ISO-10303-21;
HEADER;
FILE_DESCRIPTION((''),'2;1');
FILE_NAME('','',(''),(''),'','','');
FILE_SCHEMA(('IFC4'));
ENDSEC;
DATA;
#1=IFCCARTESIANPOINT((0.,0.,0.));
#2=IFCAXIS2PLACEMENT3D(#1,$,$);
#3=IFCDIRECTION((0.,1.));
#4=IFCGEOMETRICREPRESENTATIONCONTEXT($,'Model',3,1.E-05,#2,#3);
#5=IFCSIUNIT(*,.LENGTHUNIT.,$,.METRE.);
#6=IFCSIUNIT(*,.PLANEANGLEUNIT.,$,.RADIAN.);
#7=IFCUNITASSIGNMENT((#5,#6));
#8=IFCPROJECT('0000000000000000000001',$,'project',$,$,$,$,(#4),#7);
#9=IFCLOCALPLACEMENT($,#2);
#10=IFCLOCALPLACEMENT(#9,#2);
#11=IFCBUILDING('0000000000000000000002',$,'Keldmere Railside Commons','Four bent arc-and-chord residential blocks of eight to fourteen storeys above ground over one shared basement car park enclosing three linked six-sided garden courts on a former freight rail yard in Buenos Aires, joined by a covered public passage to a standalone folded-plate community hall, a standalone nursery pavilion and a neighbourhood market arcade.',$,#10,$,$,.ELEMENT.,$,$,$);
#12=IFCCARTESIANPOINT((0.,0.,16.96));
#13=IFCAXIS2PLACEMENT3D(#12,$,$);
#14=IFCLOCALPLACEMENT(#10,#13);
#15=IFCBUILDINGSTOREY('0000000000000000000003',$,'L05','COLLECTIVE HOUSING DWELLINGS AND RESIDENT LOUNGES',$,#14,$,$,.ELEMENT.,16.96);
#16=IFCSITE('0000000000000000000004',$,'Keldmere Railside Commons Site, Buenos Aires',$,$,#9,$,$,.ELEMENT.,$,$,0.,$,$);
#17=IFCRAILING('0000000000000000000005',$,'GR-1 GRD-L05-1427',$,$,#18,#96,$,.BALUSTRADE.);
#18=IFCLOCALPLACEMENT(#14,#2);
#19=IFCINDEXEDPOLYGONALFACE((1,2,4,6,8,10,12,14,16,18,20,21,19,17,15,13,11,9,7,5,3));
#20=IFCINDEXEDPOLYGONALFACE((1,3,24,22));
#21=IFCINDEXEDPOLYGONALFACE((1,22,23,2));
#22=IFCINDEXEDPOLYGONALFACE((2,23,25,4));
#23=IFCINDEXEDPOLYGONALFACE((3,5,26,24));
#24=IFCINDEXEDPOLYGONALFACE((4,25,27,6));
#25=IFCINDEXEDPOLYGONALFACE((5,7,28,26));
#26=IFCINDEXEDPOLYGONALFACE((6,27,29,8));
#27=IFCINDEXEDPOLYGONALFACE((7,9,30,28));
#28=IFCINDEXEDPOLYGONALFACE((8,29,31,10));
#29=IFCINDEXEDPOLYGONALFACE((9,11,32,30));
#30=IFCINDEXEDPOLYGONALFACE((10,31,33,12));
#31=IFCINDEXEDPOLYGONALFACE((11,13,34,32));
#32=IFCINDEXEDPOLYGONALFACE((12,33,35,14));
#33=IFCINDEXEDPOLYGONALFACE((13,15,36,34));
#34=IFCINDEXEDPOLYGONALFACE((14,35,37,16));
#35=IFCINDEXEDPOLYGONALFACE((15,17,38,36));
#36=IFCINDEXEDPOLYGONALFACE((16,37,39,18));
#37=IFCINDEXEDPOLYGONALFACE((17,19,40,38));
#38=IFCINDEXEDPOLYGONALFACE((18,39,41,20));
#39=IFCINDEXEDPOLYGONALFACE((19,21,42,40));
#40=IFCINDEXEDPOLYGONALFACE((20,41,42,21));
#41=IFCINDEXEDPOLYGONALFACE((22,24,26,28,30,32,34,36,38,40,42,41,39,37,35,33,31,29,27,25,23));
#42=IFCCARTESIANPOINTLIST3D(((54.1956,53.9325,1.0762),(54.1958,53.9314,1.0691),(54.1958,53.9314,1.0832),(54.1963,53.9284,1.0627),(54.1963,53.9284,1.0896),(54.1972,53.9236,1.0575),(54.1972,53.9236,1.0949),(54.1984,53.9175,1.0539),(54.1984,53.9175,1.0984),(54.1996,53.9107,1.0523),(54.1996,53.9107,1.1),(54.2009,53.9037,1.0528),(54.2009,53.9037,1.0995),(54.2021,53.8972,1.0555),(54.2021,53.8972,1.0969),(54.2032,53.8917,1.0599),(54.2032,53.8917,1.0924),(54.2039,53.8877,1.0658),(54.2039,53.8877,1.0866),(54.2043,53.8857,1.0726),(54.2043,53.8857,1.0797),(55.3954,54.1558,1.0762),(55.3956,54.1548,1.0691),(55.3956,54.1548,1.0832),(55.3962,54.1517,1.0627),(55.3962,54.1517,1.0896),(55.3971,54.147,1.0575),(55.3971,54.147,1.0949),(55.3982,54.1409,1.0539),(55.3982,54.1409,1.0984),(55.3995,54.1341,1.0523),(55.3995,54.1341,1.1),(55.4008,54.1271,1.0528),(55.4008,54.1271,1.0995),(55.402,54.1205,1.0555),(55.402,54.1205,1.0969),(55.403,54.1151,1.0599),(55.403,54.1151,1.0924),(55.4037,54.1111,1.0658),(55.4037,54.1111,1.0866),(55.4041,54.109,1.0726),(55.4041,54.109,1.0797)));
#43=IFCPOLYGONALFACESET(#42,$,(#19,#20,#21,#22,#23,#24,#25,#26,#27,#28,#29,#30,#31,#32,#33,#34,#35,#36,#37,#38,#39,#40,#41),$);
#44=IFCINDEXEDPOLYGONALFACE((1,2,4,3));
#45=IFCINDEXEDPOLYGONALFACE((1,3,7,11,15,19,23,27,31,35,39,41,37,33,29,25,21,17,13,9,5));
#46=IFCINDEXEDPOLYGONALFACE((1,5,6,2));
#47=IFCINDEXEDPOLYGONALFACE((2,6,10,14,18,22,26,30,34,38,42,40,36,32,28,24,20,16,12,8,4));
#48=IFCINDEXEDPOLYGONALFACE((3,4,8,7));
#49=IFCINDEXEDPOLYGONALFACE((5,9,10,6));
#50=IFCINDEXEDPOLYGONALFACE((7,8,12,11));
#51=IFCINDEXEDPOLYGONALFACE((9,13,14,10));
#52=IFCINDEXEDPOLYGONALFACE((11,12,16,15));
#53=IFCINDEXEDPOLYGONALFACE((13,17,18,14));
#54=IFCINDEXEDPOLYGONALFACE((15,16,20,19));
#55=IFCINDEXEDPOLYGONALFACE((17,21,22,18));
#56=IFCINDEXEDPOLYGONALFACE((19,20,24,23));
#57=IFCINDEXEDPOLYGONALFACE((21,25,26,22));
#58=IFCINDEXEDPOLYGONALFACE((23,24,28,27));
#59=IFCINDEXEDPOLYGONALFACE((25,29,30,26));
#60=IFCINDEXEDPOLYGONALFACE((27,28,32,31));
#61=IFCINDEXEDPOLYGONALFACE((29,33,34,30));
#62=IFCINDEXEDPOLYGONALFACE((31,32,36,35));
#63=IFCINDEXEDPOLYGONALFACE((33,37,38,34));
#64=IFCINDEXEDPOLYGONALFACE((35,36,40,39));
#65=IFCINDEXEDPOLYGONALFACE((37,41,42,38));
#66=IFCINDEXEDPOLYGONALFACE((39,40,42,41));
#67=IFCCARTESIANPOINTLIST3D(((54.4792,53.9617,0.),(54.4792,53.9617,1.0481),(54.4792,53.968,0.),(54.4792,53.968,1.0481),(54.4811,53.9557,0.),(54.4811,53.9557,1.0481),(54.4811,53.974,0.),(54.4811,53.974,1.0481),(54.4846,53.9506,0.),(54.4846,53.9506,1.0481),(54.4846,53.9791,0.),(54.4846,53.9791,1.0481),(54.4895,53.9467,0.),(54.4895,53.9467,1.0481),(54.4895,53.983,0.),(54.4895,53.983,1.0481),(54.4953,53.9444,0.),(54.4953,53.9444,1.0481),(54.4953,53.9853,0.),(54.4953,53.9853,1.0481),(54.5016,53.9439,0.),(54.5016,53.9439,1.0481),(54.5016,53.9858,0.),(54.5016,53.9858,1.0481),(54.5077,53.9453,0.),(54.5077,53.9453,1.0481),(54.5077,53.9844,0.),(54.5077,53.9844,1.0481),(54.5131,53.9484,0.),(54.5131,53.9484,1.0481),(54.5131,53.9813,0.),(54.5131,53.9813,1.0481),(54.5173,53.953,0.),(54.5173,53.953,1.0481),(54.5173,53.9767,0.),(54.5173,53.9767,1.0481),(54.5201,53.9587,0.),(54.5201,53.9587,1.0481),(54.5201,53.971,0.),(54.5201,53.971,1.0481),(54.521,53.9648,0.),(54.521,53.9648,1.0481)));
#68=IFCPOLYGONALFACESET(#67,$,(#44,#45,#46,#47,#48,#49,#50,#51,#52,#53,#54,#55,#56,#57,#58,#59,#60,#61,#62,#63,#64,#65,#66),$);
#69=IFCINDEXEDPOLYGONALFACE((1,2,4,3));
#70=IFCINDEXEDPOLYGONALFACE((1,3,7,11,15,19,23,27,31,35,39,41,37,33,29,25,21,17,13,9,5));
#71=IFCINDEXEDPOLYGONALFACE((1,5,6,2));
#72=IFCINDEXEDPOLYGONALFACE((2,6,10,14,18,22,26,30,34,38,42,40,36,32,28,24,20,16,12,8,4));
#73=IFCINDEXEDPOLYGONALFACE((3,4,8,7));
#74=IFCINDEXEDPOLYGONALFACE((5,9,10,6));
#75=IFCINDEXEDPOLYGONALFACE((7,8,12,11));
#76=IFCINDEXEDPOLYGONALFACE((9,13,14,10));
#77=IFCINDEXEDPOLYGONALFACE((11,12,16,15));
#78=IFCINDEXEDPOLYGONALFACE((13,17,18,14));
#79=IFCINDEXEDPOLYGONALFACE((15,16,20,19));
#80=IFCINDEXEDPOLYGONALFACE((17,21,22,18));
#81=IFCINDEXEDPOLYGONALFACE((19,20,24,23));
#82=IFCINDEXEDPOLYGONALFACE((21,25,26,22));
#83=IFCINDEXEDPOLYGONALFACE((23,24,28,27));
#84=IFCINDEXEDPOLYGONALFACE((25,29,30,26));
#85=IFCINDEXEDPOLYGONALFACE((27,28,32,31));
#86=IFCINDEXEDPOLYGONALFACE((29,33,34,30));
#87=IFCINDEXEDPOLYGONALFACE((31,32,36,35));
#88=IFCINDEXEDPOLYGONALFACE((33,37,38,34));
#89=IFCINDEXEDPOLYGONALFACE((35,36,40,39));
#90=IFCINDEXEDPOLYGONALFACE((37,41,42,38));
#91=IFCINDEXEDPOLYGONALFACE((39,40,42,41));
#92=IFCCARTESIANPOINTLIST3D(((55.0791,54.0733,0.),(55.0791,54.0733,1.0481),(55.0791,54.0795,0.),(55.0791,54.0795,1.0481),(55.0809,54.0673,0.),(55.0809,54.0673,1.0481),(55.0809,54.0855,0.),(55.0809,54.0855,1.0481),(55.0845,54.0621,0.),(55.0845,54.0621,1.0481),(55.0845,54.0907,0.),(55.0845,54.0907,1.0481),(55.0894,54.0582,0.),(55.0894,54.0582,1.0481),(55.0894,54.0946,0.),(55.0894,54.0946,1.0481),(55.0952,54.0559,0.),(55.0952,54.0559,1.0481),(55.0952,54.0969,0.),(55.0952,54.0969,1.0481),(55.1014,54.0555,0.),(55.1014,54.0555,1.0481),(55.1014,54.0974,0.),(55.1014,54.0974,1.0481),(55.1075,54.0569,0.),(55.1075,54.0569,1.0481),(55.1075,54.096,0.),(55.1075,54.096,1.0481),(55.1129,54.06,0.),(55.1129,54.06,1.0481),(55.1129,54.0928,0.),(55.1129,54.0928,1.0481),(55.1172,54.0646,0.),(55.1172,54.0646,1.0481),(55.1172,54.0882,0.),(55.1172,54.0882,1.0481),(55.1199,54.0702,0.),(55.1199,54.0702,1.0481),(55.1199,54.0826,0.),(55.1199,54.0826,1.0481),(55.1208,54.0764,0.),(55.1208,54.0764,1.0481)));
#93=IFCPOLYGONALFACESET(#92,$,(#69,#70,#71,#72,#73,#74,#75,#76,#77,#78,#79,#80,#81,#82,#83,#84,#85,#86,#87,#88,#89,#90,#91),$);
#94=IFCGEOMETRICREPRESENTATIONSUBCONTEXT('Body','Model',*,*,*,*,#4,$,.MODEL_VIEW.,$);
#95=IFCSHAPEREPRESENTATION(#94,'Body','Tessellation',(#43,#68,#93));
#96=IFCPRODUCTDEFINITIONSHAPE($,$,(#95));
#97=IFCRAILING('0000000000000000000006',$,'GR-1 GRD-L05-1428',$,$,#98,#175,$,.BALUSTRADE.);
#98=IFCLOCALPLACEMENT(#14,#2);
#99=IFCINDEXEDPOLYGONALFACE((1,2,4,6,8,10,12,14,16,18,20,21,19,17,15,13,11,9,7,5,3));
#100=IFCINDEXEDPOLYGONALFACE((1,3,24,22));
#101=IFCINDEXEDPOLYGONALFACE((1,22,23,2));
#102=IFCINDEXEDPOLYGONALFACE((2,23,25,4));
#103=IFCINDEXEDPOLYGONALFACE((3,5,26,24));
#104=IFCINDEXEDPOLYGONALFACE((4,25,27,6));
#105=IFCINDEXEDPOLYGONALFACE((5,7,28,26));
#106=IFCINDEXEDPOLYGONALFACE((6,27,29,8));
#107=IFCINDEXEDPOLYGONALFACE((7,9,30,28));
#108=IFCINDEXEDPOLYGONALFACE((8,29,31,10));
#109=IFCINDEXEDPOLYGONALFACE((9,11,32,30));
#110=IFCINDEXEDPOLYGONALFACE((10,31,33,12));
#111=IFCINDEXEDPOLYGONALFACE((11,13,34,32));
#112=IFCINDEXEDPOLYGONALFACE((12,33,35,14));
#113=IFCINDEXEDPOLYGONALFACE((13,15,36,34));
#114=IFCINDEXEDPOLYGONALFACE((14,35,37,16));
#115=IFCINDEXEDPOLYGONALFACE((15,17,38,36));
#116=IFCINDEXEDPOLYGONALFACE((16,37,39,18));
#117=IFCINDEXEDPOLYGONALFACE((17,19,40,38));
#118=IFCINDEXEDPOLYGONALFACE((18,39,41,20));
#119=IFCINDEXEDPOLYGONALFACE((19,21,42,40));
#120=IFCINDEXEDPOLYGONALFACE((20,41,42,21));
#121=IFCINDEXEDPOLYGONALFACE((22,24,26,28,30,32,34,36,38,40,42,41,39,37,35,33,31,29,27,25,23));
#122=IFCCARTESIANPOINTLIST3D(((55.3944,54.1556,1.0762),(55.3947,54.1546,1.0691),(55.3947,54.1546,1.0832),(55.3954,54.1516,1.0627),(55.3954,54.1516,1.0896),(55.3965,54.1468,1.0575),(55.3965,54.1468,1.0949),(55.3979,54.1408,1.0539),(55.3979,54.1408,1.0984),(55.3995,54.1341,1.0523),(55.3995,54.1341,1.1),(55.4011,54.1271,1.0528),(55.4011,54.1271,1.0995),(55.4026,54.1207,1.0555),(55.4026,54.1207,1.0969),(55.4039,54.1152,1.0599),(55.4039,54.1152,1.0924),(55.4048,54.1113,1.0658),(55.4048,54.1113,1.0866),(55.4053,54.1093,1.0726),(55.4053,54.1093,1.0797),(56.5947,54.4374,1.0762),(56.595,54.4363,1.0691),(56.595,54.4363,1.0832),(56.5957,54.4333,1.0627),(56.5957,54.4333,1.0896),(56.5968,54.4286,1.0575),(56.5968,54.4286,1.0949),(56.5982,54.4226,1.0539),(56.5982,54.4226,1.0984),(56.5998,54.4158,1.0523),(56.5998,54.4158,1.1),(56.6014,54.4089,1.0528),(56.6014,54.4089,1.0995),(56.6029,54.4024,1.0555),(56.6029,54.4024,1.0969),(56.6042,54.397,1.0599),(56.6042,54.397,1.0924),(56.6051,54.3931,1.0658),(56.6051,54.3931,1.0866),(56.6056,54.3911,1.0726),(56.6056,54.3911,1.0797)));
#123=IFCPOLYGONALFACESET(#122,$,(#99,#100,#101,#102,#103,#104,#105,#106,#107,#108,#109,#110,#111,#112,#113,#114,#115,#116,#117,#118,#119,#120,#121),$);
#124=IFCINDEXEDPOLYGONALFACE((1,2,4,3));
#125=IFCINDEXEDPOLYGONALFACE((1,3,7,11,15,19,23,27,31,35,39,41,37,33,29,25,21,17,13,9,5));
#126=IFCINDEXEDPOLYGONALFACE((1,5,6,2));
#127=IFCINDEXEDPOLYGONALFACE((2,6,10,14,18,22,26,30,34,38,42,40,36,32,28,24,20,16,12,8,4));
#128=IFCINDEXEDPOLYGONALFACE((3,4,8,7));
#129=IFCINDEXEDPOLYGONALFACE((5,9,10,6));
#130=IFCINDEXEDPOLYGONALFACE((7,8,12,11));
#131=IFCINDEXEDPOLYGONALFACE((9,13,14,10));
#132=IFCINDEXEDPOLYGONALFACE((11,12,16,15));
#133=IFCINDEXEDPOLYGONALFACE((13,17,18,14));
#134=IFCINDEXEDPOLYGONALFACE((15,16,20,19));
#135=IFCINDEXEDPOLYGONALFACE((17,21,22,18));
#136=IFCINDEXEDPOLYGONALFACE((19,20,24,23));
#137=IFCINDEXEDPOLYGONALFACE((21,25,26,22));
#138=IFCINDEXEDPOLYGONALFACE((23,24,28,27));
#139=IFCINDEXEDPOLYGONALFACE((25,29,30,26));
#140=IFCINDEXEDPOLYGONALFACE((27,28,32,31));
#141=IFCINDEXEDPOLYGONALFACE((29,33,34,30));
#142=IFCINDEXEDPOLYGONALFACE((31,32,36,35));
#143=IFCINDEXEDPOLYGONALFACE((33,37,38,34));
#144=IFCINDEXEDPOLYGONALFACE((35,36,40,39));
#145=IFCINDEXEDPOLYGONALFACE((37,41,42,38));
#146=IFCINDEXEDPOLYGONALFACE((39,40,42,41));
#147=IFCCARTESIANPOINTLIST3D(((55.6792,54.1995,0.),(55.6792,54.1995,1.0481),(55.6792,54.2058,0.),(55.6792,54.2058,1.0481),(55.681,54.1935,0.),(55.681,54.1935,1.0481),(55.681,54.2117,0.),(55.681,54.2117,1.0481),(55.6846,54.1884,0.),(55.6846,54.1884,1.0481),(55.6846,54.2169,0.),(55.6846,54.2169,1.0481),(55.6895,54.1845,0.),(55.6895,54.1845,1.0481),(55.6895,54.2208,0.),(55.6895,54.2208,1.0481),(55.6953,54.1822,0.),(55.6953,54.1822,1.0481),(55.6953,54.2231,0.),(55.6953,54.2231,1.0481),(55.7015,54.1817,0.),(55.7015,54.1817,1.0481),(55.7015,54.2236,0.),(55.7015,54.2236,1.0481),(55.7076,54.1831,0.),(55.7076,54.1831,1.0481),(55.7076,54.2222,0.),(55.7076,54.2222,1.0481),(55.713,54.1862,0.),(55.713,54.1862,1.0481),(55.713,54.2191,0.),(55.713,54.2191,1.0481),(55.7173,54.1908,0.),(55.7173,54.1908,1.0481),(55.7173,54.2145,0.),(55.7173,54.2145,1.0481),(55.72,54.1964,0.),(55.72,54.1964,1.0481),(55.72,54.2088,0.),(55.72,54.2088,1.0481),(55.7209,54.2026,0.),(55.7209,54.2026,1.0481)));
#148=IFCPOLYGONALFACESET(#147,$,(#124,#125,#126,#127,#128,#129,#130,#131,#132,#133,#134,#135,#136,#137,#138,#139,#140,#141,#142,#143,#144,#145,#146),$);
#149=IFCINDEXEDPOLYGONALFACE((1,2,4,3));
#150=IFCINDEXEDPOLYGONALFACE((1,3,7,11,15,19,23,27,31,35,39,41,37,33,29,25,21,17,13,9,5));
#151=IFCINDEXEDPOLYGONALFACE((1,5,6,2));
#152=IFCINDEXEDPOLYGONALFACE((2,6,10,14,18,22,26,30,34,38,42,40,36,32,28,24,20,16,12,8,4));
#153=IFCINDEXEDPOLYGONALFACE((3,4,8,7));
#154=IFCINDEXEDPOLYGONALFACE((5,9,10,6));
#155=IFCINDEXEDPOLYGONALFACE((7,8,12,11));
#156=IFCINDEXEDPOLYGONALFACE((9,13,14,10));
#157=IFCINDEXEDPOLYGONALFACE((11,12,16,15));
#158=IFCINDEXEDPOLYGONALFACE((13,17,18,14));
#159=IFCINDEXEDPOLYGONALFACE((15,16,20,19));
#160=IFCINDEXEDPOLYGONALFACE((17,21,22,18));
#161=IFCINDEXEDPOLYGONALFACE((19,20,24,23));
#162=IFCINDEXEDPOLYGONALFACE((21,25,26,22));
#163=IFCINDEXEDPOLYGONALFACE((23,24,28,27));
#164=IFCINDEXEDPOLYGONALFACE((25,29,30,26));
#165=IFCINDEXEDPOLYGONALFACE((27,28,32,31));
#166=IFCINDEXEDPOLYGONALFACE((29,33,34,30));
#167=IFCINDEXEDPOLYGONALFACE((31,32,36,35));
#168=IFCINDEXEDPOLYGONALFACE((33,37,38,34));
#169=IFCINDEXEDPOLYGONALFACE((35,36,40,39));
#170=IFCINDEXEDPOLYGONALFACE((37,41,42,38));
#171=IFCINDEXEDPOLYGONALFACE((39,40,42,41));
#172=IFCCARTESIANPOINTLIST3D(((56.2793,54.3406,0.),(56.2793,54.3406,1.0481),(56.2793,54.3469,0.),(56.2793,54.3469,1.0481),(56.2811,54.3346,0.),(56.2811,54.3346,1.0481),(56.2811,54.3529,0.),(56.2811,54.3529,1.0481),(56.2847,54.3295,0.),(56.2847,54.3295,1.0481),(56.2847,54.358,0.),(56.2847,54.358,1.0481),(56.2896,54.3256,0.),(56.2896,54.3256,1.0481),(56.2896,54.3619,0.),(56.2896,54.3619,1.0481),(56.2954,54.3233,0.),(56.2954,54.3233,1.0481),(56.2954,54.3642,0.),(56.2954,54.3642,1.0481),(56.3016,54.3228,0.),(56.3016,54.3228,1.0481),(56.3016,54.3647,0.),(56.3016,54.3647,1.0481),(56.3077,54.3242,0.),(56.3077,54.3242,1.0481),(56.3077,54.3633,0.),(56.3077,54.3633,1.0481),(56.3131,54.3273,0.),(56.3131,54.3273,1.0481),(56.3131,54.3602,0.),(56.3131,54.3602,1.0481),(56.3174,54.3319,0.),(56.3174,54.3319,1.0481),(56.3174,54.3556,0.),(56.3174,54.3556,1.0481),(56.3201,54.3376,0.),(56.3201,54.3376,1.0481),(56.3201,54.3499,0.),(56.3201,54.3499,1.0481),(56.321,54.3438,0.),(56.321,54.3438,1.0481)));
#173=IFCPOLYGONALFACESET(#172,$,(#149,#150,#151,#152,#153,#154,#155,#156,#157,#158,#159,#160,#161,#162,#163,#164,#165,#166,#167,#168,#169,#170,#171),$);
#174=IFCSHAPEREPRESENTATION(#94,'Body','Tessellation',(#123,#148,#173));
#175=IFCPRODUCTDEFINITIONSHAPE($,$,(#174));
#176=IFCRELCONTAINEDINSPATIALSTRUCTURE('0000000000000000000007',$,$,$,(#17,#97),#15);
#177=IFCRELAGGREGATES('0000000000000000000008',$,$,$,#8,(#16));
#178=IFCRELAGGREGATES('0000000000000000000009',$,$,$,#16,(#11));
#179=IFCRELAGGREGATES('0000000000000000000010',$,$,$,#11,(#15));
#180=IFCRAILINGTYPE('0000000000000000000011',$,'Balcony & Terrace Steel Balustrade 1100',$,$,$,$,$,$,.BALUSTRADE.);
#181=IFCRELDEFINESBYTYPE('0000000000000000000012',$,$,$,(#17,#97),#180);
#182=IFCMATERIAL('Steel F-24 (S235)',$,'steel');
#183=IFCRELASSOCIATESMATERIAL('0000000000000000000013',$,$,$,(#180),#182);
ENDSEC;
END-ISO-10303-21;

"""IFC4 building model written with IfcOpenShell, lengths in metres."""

from ifc_helpers import new_model, si_unit, direction, frame, origin, origin_2d, place, context, subcontext, project, spatial, circle, extrude, material, type_object, element, save


model = new_model("IFC4")

# Units and contexts
model_context = context("Model", 3, precision=1e-05, world=origin(), true_north=direction((0.0, 1.0)))
body_context = subcontext(model_context, "Body", "Model", "MODEL_VIEW")
ifc_project = project(units=[si_unit("LENGTHUNIT", "METRE"), si_unit("PLANEANGLEUNIT", "RADIAN")], contexts=[model_context])

# Site, building, storey
site_placement = place(None, origin())
site = spatial("IfcSite", under=ifc_project, at=site_placement, Name="Keldmere Railside Commons Site, Buenos Aires", CompositionType="ELEMENT", RefElevation=0.0)
building_placement = place(site_placement, origin())
building = spatial("IfcBuilding", under=site, at=building_placement, Name="Keldmere Railside Commons", Description="Four bent arc-and-chord residential blocks of eight to fourteen storeys above ground over one shared basement car park enclosing three linked six-sided garden courts on a former freight rail yard in Buenos Aires, joined by a covered public passage to a standalone folded-plate community hall, a standalone nursery pavilion and a neighbourhood market arcade.", CompositionType="ELEMENT")
storey_placement = place(building_placement, frame((0.0, 0.0, 16.96)))
storey = spatial("IfcBuildingStorey", under=building, at=storey_placement, Name="L05", Description="COLLECTIVE HOUSING DWELLINGS AND RESIDENT LOUNGES", CompositionType="ELEMENT", Elevation=16.96)

# Shared definitions
ifc_material_1 = material(Name="Steel F-24 (S235)", Category="steel")

# Railings
railing_type = type_object("IfcRailingType", Name="Balcony & Terrace Steel Balustrade 1100", PredefinedType="BALUSTRADE", material=ifc_material_1)
railing_1_placement = place(storey_placement, frame((54.2, 53.9089, 0.0)))
element("IfcRailing", 1, at=railing_1_placement, inside=storey, type_object=railing_type, Name="GR-1 GRD-L05-1427", PredefinedType="BALUSTRADE", context=body_context, shape_type="SweptSolid", body=[
    extrude(circle(Radius=0.0239, at=origin_2d()), frame((0.0, 0.0, 1.0762), z_axis=(0.983109, 0.18302, 0.0), x_axis=(-0.18302, 0.983109, 0.0)), (0.0, 0.0, 1.0), 1.2205),
    extrude(circle(Radius=0.021, at=origin_2d()), frame((0.3, 0.0559, 0.0)), (0.0, 0.0, 1.0), 1.0481),
    extrude(circle(Radius=0.021, at=origin_2d()), frame((0.8999, 0.1675, 0.0)), (0.0, 0.0, 1.0), 1.0481),
])
railing_2_placement = place(storey_placement, frame((55.3999, 54.1323, 0.0)))
element("IfcRailing", 2, at=railing_2_placement, inside=storey, type_object=railing_type, Name="GR-1 GRD-L05-1428", PredefinedType="BALUSTRADE", context=body_context, shape_type="SweptSolid", body=[
    extrude(circle(Radius=0.0239, at=origin_2d()), frame((0.0, 0.0, 1.0762), z_axis=(0.973537, 0.228532, 0.0), x_axis=(-0.228532, 0.973537, 0.0)), (0.0, 0.0, 1.0), 1.2329),
    extrude(circle(Radius=0.021, at=origin_2d()), frame((0.3, 0.0703, 0.0)), (0.0, 0.0, 1.0), 1.0481),
    extrude(circle(Radius=0.021, at=origin_2d()), frame((0.9001, 0.2114, 0.0)), (0.0, 0.0, 1.0), 1.0481),
])

save(model, "model.ifc")
